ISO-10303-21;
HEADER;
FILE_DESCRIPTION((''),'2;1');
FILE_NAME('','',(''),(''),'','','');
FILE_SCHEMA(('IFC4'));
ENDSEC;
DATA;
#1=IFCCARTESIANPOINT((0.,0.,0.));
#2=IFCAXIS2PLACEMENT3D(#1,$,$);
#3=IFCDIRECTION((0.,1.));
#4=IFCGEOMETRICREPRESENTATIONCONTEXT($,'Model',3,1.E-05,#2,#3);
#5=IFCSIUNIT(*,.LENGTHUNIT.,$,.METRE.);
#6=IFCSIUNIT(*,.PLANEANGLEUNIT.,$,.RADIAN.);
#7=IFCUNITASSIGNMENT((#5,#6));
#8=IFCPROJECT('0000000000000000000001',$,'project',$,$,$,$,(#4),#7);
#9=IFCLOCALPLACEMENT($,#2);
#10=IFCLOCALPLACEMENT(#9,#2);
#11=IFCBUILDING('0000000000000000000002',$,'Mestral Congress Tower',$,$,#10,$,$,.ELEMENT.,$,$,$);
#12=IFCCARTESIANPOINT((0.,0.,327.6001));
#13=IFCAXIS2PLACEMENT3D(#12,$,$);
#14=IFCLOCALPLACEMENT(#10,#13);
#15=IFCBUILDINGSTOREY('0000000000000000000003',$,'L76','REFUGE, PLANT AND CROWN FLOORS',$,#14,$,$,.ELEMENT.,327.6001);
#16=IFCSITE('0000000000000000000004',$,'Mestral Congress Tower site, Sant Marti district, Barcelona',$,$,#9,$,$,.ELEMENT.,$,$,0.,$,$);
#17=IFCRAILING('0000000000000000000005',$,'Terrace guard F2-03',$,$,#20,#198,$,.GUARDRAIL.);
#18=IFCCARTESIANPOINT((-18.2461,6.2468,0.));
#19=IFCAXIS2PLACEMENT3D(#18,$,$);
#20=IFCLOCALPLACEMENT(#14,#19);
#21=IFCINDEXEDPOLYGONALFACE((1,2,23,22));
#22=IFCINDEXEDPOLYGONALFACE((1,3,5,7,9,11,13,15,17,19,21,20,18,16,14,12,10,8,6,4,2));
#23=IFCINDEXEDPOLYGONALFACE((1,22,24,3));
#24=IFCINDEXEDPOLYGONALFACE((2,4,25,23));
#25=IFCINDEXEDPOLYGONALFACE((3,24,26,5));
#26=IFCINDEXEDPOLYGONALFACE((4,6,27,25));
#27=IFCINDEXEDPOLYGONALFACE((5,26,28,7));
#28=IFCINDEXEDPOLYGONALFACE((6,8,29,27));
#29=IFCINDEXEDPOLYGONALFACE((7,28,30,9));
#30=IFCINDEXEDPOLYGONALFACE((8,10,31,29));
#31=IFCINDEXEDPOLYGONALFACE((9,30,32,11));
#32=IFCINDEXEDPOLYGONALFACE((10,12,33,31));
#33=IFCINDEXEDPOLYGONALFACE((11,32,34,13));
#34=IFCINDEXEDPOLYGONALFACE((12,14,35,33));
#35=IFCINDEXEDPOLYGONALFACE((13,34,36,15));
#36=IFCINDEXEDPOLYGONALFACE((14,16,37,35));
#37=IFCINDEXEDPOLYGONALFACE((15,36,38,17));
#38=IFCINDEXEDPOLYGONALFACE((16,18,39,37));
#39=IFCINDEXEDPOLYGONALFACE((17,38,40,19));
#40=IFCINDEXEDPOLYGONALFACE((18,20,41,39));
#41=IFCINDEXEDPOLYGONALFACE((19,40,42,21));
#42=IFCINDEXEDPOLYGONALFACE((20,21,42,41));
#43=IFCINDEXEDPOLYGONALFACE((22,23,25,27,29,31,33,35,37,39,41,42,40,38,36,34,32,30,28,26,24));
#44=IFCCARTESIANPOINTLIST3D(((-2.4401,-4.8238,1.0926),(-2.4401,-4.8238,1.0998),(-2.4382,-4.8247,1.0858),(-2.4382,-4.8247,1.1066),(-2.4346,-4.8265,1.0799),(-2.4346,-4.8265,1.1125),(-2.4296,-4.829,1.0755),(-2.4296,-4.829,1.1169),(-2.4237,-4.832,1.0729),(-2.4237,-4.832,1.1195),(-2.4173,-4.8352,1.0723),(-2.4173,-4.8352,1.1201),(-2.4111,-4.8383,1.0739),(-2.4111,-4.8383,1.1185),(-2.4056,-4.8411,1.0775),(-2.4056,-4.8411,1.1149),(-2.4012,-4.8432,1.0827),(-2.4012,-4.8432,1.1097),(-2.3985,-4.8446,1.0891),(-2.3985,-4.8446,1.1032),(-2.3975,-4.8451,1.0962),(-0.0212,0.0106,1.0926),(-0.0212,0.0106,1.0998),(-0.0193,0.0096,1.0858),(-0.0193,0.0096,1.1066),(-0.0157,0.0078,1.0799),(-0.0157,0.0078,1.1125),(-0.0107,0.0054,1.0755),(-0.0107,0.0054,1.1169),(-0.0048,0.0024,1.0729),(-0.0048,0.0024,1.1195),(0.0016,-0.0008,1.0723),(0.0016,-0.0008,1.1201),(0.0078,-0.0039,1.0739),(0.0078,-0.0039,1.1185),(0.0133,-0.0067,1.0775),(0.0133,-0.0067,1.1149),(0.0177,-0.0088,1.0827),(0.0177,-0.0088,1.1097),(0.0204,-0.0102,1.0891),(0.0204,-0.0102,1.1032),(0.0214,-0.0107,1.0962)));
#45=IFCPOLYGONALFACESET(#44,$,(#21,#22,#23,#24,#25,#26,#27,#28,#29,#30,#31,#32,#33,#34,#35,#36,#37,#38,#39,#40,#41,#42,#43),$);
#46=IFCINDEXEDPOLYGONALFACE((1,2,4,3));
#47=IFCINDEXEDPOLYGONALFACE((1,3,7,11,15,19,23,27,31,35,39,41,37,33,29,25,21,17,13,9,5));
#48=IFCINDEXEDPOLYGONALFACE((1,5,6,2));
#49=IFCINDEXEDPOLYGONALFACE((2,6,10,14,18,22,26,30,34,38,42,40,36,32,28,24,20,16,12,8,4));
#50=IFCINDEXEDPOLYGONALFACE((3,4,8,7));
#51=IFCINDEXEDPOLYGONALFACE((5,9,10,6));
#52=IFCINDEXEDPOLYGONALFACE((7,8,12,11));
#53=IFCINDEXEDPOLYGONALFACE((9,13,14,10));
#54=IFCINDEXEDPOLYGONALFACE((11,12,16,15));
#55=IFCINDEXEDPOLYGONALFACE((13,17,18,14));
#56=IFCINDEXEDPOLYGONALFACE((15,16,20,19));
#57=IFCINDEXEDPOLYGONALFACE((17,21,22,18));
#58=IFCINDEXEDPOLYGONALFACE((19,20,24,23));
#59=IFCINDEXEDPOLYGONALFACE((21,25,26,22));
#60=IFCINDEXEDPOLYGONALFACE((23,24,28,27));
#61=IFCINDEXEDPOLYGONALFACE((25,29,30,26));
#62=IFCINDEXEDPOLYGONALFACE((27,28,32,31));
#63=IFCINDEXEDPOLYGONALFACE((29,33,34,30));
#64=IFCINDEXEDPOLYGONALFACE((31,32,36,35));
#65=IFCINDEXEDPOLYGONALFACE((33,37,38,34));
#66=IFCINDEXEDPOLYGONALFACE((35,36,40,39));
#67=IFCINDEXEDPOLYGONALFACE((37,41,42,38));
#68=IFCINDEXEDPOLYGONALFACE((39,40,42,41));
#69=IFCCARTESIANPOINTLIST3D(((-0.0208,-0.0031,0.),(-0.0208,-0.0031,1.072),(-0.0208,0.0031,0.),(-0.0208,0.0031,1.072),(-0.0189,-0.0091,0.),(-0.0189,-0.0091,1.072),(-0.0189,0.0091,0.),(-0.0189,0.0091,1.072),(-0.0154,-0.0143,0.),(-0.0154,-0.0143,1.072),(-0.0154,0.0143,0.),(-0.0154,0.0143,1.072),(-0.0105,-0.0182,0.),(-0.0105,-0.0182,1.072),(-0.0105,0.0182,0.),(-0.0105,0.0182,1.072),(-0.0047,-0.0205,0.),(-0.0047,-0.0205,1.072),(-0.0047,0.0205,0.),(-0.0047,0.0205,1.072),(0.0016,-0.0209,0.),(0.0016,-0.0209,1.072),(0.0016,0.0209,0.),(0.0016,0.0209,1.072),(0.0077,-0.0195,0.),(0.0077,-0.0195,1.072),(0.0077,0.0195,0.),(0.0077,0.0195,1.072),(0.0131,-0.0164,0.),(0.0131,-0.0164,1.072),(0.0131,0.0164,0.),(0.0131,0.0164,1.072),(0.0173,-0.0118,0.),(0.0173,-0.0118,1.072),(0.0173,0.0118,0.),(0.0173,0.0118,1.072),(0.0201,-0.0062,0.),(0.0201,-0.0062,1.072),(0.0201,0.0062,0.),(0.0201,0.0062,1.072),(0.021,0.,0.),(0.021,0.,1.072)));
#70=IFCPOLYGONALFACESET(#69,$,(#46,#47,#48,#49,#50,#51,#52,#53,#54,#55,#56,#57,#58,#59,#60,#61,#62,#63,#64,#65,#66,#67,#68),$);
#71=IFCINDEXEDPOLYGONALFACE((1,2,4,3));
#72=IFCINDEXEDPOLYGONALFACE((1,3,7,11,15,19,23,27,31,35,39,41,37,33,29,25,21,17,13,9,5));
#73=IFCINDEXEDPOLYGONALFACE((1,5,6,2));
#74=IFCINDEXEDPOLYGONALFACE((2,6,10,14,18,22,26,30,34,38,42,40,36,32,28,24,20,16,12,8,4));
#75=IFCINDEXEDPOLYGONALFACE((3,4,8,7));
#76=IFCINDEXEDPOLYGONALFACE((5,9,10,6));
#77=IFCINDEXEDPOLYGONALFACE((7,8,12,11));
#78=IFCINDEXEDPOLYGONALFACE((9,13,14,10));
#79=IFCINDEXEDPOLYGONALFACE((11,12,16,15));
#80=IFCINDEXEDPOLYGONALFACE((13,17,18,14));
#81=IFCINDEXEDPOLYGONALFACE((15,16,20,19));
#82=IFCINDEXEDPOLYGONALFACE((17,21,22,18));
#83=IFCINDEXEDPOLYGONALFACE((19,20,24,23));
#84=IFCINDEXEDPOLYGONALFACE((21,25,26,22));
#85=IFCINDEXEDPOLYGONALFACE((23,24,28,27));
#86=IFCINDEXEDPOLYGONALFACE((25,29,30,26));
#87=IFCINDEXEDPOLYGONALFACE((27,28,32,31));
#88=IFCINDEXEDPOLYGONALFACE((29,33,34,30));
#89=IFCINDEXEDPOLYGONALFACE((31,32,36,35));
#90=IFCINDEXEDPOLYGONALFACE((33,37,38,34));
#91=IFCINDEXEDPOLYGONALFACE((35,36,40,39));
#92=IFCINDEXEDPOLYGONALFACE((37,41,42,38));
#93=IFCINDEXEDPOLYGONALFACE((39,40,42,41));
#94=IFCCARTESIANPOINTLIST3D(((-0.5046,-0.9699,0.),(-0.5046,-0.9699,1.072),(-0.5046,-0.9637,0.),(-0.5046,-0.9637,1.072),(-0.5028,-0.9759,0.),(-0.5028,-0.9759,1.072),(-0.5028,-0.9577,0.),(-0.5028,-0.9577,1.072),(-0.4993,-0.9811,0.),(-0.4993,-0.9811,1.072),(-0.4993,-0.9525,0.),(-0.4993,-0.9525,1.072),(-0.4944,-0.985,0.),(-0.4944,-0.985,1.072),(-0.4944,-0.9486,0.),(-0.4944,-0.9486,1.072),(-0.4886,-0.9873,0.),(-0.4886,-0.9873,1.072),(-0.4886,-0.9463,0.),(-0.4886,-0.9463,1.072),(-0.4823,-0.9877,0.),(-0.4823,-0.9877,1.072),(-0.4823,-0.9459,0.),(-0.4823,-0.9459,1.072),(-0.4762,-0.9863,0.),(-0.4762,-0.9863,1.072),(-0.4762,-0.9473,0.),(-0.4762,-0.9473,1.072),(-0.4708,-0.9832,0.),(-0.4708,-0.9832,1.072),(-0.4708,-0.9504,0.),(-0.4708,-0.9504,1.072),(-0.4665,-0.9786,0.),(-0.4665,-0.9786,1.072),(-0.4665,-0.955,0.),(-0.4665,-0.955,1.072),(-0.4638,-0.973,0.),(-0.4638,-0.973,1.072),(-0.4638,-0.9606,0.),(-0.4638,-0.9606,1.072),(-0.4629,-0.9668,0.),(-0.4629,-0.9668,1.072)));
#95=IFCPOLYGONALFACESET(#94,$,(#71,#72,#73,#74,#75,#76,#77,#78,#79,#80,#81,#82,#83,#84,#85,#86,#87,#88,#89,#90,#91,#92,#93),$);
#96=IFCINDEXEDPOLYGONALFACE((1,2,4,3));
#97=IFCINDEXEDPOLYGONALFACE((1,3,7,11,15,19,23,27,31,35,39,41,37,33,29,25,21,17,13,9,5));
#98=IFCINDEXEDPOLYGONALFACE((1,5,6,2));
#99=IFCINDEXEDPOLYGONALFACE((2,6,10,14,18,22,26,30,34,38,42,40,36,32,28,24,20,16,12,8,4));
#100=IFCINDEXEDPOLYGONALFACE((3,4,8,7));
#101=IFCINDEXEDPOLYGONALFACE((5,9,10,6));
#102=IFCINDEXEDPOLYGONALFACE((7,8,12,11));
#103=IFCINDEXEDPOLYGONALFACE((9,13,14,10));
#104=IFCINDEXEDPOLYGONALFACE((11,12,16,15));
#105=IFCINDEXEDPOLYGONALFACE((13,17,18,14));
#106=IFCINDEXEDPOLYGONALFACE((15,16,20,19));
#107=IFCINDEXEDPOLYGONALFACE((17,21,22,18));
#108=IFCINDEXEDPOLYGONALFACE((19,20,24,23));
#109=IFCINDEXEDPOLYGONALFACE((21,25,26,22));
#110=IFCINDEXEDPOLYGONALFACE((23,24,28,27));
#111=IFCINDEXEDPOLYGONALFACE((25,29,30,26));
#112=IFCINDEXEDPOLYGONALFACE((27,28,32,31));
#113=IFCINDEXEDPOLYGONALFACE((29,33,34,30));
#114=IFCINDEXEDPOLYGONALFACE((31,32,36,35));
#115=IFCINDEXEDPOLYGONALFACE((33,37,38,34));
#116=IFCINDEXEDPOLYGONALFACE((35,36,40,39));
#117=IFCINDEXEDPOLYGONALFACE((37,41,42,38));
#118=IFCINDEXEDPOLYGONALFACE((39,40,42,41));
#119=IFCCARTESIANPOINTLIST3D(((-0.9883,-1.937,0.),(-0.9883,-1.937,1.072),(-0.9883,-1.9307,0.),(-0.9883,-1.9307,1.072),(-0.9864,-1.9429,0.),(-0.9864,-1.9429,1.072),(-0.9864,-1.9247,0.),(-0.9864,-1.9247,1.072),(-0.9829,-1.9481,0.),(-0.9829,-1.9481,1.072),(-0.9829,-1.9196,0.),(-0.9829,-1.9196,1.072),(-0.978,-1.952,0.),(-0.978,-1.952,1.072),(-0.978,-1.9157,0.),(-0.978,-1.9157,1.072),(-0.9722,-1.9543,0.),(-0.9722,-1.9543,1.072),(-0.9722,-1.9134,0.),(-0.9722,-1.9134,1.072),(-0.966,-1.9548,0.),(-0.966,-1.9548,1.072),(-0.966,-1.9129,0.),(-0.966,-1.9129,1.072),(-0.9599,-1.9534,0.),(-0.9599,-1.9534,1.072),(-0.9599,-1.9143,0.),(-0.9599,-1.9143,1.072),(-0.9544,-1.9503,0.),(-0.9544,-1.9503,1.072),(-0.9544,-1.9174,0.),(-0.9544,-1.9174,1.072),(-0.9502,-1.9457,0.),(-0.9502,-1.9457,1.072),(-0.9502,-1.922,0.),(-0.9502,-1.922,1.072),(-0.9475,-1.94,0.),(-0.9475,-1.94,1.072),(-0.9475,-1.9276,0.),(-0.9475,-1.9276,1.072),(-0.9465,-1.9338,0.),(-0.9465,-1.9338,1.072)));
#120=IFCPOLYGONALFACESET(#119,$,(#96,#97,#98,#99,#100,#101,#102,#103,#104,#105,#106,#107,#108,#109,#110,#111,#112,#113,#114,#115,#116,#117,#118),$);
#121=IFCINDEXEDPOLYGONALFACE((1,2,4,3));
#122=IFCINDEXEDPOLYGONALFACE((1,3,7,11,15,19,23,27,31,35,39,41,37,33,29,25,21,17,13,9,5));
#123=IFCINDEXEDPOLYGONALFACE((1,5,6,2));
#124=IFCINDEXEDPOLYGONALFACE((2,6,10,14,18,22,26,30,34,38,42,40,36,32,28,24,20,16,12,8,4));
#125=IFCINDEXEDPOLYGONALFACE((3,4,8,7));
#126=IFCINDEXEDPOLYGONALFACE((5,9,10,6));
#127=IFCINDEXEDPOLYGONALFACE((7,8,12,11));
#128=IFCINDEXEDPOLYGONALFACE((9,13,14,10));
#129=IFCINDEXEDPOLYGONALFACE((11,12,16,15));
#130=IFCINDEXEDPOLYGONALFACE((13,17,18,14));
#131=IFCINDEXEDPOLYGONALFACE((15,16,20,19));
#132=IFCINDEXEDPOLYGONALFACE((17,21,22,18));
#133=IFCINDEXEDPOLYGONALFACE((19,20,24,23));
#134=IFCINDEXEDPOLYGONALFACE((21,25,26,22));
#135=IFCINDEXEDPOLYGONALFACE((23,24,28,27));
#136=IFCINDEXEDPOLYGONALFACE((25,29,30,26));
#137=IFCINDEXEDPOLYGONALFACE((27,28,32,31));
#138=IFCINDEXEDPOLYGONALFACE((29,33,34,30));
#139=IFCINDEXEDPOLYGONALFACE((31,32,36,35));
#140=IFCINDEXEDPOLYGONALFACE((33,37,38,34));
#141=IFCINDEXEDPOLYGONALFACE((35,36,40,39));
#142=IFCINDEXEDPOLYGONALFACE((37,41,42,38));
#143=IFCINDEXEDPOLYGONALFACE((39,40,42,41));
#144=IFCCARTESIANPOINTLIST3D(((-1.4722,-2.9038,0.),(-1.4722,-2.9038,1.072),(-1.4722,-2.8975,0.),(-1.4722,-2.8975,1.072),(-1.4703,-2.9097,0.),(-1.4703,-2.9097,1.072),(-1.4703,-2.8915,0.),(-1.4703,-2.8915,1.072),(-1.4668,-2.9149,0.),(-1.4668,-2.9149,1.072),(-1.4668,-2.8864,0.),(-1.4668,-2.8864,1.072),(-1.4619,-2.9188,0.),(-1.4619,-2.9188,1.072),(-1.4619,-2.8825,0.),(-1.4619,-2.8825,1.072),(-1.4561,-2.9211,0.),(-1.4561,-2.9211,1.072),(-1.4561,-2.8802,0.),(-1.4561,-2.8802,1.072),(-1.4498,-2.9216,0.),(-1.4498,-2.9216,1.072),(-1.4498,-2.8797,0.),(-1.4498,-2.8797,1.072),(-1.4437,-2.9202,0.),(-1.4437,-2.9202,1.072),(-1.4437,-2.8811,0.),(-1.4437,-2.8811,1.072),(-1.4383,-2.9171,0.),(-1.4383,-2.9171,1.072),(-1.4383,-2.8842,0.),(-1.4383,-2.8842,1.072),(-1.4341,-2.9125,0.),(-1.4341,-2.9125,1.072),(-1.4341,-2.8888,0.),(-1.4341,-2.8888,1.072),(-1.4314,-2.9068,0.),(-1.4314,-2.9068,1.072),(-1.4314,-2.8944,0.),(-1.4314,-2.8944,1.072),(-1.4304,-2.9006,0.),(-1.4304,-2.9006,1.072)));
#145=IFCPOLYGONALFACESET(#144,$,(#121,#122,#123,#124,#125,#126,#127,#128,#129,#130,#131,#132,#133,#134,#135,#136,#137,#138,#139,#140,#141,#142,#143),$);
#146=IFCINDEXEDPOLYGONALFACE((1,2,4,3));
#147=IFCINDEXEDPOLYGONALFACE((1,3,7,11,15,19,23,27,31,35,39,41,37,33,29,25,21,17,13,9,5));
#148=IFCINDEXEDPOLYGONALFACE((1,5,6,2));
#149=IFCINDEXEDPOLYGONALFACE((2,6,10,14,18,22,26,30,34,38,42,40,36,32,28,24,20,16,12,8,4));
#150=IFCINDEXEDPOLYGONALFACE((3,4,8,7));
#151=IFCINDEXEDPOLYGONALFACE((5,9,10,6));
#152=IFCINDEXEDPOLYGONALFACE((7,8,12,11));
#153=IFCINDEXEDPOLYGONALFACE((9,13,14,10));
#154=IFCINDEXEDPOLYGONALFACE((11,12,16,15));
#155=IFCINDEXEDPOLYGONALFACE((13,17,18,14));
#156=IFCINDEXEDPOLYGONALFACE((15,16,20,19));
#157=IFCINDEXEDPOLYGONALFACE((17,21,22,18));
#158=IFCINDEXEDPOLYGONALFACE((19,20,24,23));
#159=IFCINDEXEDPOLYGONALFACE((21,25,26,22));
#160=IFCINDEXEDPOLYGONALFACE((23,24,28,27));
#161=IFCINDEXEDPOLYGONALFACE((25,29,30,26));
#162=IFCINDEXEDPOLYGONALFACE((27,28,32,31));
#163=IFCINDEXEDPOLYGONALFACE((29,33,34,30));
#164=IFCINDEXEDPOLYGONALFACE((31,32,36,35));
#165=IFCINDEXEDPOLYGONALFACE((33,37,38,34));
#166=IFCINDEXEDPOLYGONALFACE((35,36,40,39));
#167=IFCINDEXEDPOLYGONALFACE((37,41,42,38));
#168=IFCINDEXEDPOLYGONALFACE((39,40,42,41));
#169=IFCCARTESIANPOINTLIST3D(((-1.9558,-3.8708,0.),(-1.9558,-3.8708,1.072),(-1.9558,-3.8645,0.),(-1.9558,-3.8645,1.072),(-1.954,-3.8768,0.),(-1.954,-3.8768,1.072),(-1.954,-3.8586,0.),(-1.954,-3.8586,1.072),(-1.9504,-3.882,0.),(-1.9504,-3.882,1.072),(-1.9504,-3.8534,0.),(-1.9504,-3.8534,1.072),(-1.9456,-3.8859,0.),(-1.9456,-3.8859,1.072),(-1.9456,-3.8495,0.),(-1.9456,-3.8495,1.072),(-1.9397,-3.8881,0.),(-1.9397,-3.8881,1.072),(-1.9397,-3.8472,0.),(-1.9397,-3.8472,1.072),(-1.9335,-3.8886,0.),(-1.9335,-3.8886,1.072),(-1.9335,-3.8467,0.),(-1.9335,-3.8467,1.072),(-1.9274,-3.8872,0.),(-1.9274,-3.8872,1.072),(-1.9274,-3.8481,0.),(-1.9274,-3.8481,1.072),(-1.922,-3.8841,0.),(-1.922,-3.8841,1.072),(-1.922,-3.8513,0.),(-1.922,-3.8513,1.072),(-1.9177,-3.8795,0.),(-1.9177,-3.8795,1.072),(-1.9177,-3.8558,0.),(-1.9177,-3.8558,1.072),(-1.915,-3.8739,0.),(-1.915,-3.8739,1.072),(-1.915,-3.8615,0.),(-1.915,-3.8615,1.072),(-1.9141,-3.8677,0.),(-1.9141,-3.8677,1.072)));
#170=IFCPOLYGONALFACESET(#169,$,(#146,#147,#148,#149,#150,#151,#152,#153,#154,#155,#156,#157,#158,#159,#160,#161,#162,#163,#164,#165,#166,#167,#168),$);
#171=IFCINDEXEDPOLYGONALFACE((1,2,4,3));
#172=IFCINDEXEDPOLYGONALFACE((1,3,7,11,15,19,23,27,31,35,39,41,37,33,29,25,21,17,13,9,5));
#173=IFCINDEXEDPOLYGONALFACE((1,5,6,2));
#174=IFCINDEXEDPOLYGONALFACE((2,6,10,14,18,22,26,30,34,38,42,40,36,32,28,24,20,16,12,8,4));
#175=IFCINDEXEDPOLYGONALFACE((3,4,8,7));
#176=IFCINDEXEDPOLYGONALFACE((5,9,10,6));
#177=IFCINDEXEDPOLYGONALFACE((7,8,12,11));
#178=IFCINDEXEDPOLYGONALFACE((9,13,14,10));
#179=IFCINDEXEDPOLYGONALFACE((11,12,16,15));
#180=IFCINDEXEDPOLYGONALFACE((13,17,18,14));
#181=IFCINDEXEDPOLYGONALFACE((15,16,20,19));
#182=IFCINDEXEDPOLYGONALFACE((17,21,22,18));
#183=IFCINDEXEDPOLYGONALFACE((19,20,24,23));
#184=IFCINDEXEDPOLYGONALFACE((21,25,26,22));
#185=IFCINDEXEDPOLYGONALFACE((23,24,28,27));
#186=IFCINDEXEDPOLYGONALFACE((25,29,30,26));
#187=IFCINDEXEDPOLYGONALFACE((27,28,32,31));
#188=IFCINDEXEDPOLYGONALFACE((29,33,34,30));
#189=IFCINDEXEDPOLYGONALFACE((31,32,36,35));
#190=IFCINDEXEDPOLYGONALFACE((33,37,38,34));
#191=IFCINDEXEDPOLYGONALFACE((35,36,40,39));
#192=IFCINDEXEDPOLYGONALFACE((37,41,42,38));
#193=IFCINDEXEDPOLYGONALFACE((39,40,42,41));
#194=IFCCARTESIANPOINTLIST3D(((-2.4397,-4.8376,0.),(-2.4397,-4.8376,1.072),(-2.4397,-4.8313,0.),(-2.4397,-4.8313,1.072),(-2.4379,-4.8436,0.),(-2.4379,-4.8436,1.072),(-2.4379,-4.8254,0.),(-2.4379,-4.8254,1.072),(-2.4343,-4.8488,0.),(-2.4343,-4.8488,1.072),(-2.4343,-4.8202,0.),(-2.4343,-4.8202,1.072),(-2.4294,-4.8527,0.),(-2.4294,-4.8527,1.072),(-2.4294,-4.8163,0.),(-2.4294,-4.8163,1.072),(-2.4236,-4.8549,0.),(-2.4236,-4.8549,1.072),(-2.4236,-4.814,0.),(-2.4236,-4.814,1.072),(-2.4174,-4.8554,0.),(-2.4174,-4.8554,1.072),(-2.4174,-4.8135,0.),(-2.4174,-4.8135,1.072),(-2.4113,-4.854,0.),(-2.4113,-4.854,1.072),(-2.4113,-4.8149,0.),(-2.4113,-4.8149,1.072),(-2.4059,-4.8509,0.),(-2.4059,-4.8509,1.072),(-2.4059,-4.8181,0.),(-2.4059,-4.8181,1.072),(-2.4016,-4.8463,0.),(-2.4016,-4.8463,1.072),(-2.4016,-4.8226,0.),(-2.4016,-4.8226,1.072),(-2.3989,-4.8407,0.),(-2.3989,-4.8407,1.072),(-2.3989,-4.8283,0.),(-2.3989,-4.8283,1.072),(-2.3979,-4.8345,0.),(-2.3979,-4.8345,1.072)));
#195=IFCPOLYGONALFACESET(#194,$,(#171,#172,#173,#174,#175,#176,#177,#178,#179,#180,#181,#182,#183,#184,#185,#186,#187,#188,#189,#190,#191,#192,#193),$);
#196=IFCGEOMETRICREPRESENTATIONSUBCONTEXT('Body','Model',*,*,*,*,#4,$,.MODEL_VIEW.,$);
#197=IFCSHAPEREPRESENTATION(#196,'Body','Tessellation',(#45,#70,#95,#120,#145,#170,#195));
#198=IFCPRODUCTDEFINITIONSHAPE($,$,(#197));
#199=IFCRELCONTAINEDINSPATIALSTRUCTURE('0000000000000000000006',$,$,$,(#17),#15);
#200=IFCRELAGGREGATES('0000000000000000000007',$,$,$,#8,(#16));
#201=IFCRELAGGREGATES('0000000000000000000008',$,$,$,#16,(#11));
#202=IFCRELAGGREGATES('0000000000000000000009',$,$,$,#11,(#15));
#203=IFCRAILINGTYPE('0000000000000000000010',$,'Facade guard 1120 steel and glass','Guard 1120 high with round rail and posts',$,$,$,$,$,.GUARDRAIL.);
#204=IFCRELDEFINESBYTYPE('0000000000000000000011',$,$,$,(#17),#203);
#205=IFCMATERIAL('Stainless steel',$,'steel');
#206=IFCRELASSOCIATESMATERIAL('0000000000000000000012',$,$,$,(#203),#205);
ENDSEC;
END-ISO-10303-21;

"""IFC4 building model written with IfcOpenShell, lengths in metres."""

from ifc_helpers import new_model, si_unit, direction, frame, origin, origin_2d, place, context, subcontext, project, spatial, circle, extrude, material, type_object, element, save


model = new_model("IFC4")

# Units and contexts
model_context = context("Model", 3, precision=1e-05, world=origin(), true_north=direction((0.0, 1.0)))
body_context = subcontext(model_context, "Body", "Model", "MODEL_VIEW")
ifc_project = project(units=[si_unit("LENGTHUNIT", "METRE"), si_unit("PLANEANGLEUNIT", "RADIAN")], contexts=[model_context])

# Site, building, storey
site_placement = place(None, origin())
site = spatial("IfcSite", under=ifc_project, at=site_placement, Name="Mestral Congress Tower site, Sant Marti district, Barcelona", CompositionType="ELEMENT", RefElevation=0.0)
building_placement = place(site_placement, origin())
building = spatial("IfcBuilding", under=site, at=building_placement, Name="Mestral Congress Tower", CompositionType="ELEMENT")
storey_placement = place(building_placement, frame((0.0, 0.0, 327.6001)))
storey = spatial("IfcBuildingStorey", under=building, at=storey_placement, Name="L76", Description="REFUGE, PLANT AND CROWN FLOORS", CompositionType="ELEMENT", Elevation=327.6001)

# Railing
ifc_material_1 = material(Name="Stainless steel", Category="steel")
railing_type = type_object("IfcRailingType", Name="Facade guard 1120 steel and glass", Description="Guard 1120 high with round rail and posts", PredefinedType="GUARDRAIL", material=ifc_material_1)
railing_1_placement = place(storey_placement, frame((-18.2461, 6.2468, 0.0)))
element("IfcRailing", 1, at=railing_1_placement, inside=storey, type_object=railing_type, Name="Terrace guard F2-03", PredefinedType="GUARDRAIL", context=body_context, shape_type="SweptSolid", body=[
    extrude(circle(Radius=0.0239, at=origin_2d()), frame((0.0, 0.0, 1.0962), z_axis=(-0.447466, -0.894301, 0.0), x_axis=(0.894301, -0.447466, 0.0)), (0.0, 0.0, 1.0), 5.4058),
    extrude(circle(Radius=0.021, at=origin_2d()), origin(), (0.0, 0.0, 1.0), 1.072),
    extrude(circle(Radius=0.021, at=origin_2d()), frame((-0.4839, -0.9668, 0.0)), (0.0, 0.0, 1.0), 1.072),
    extrude(circle(Radius=0.021, at=origin_2d()), frame((-0.9675, -1.9338, 0.0)), (0.0, 0.0, 1.0), 1.072),
    extrude(circle(Radius=0.021, at=origin_2d()), frame((-1.4514, -2.9006, 0.0)), (0.0, 0.0, 1.0), 1.072),
    extrude(circle(Radius=0.021, at=origin_2d()), frame((-1.9351, -3.8677, 0.0)), (0.0, 0.0, 1.0), 1.072),
    extrude(circle(Radius=0.021, at=origin_2d()), frame((-2.4189, -4.8345, 0.0)), (0.0, 0.0, 1.0), 1.072),
])

save(model, "model.ifc")
